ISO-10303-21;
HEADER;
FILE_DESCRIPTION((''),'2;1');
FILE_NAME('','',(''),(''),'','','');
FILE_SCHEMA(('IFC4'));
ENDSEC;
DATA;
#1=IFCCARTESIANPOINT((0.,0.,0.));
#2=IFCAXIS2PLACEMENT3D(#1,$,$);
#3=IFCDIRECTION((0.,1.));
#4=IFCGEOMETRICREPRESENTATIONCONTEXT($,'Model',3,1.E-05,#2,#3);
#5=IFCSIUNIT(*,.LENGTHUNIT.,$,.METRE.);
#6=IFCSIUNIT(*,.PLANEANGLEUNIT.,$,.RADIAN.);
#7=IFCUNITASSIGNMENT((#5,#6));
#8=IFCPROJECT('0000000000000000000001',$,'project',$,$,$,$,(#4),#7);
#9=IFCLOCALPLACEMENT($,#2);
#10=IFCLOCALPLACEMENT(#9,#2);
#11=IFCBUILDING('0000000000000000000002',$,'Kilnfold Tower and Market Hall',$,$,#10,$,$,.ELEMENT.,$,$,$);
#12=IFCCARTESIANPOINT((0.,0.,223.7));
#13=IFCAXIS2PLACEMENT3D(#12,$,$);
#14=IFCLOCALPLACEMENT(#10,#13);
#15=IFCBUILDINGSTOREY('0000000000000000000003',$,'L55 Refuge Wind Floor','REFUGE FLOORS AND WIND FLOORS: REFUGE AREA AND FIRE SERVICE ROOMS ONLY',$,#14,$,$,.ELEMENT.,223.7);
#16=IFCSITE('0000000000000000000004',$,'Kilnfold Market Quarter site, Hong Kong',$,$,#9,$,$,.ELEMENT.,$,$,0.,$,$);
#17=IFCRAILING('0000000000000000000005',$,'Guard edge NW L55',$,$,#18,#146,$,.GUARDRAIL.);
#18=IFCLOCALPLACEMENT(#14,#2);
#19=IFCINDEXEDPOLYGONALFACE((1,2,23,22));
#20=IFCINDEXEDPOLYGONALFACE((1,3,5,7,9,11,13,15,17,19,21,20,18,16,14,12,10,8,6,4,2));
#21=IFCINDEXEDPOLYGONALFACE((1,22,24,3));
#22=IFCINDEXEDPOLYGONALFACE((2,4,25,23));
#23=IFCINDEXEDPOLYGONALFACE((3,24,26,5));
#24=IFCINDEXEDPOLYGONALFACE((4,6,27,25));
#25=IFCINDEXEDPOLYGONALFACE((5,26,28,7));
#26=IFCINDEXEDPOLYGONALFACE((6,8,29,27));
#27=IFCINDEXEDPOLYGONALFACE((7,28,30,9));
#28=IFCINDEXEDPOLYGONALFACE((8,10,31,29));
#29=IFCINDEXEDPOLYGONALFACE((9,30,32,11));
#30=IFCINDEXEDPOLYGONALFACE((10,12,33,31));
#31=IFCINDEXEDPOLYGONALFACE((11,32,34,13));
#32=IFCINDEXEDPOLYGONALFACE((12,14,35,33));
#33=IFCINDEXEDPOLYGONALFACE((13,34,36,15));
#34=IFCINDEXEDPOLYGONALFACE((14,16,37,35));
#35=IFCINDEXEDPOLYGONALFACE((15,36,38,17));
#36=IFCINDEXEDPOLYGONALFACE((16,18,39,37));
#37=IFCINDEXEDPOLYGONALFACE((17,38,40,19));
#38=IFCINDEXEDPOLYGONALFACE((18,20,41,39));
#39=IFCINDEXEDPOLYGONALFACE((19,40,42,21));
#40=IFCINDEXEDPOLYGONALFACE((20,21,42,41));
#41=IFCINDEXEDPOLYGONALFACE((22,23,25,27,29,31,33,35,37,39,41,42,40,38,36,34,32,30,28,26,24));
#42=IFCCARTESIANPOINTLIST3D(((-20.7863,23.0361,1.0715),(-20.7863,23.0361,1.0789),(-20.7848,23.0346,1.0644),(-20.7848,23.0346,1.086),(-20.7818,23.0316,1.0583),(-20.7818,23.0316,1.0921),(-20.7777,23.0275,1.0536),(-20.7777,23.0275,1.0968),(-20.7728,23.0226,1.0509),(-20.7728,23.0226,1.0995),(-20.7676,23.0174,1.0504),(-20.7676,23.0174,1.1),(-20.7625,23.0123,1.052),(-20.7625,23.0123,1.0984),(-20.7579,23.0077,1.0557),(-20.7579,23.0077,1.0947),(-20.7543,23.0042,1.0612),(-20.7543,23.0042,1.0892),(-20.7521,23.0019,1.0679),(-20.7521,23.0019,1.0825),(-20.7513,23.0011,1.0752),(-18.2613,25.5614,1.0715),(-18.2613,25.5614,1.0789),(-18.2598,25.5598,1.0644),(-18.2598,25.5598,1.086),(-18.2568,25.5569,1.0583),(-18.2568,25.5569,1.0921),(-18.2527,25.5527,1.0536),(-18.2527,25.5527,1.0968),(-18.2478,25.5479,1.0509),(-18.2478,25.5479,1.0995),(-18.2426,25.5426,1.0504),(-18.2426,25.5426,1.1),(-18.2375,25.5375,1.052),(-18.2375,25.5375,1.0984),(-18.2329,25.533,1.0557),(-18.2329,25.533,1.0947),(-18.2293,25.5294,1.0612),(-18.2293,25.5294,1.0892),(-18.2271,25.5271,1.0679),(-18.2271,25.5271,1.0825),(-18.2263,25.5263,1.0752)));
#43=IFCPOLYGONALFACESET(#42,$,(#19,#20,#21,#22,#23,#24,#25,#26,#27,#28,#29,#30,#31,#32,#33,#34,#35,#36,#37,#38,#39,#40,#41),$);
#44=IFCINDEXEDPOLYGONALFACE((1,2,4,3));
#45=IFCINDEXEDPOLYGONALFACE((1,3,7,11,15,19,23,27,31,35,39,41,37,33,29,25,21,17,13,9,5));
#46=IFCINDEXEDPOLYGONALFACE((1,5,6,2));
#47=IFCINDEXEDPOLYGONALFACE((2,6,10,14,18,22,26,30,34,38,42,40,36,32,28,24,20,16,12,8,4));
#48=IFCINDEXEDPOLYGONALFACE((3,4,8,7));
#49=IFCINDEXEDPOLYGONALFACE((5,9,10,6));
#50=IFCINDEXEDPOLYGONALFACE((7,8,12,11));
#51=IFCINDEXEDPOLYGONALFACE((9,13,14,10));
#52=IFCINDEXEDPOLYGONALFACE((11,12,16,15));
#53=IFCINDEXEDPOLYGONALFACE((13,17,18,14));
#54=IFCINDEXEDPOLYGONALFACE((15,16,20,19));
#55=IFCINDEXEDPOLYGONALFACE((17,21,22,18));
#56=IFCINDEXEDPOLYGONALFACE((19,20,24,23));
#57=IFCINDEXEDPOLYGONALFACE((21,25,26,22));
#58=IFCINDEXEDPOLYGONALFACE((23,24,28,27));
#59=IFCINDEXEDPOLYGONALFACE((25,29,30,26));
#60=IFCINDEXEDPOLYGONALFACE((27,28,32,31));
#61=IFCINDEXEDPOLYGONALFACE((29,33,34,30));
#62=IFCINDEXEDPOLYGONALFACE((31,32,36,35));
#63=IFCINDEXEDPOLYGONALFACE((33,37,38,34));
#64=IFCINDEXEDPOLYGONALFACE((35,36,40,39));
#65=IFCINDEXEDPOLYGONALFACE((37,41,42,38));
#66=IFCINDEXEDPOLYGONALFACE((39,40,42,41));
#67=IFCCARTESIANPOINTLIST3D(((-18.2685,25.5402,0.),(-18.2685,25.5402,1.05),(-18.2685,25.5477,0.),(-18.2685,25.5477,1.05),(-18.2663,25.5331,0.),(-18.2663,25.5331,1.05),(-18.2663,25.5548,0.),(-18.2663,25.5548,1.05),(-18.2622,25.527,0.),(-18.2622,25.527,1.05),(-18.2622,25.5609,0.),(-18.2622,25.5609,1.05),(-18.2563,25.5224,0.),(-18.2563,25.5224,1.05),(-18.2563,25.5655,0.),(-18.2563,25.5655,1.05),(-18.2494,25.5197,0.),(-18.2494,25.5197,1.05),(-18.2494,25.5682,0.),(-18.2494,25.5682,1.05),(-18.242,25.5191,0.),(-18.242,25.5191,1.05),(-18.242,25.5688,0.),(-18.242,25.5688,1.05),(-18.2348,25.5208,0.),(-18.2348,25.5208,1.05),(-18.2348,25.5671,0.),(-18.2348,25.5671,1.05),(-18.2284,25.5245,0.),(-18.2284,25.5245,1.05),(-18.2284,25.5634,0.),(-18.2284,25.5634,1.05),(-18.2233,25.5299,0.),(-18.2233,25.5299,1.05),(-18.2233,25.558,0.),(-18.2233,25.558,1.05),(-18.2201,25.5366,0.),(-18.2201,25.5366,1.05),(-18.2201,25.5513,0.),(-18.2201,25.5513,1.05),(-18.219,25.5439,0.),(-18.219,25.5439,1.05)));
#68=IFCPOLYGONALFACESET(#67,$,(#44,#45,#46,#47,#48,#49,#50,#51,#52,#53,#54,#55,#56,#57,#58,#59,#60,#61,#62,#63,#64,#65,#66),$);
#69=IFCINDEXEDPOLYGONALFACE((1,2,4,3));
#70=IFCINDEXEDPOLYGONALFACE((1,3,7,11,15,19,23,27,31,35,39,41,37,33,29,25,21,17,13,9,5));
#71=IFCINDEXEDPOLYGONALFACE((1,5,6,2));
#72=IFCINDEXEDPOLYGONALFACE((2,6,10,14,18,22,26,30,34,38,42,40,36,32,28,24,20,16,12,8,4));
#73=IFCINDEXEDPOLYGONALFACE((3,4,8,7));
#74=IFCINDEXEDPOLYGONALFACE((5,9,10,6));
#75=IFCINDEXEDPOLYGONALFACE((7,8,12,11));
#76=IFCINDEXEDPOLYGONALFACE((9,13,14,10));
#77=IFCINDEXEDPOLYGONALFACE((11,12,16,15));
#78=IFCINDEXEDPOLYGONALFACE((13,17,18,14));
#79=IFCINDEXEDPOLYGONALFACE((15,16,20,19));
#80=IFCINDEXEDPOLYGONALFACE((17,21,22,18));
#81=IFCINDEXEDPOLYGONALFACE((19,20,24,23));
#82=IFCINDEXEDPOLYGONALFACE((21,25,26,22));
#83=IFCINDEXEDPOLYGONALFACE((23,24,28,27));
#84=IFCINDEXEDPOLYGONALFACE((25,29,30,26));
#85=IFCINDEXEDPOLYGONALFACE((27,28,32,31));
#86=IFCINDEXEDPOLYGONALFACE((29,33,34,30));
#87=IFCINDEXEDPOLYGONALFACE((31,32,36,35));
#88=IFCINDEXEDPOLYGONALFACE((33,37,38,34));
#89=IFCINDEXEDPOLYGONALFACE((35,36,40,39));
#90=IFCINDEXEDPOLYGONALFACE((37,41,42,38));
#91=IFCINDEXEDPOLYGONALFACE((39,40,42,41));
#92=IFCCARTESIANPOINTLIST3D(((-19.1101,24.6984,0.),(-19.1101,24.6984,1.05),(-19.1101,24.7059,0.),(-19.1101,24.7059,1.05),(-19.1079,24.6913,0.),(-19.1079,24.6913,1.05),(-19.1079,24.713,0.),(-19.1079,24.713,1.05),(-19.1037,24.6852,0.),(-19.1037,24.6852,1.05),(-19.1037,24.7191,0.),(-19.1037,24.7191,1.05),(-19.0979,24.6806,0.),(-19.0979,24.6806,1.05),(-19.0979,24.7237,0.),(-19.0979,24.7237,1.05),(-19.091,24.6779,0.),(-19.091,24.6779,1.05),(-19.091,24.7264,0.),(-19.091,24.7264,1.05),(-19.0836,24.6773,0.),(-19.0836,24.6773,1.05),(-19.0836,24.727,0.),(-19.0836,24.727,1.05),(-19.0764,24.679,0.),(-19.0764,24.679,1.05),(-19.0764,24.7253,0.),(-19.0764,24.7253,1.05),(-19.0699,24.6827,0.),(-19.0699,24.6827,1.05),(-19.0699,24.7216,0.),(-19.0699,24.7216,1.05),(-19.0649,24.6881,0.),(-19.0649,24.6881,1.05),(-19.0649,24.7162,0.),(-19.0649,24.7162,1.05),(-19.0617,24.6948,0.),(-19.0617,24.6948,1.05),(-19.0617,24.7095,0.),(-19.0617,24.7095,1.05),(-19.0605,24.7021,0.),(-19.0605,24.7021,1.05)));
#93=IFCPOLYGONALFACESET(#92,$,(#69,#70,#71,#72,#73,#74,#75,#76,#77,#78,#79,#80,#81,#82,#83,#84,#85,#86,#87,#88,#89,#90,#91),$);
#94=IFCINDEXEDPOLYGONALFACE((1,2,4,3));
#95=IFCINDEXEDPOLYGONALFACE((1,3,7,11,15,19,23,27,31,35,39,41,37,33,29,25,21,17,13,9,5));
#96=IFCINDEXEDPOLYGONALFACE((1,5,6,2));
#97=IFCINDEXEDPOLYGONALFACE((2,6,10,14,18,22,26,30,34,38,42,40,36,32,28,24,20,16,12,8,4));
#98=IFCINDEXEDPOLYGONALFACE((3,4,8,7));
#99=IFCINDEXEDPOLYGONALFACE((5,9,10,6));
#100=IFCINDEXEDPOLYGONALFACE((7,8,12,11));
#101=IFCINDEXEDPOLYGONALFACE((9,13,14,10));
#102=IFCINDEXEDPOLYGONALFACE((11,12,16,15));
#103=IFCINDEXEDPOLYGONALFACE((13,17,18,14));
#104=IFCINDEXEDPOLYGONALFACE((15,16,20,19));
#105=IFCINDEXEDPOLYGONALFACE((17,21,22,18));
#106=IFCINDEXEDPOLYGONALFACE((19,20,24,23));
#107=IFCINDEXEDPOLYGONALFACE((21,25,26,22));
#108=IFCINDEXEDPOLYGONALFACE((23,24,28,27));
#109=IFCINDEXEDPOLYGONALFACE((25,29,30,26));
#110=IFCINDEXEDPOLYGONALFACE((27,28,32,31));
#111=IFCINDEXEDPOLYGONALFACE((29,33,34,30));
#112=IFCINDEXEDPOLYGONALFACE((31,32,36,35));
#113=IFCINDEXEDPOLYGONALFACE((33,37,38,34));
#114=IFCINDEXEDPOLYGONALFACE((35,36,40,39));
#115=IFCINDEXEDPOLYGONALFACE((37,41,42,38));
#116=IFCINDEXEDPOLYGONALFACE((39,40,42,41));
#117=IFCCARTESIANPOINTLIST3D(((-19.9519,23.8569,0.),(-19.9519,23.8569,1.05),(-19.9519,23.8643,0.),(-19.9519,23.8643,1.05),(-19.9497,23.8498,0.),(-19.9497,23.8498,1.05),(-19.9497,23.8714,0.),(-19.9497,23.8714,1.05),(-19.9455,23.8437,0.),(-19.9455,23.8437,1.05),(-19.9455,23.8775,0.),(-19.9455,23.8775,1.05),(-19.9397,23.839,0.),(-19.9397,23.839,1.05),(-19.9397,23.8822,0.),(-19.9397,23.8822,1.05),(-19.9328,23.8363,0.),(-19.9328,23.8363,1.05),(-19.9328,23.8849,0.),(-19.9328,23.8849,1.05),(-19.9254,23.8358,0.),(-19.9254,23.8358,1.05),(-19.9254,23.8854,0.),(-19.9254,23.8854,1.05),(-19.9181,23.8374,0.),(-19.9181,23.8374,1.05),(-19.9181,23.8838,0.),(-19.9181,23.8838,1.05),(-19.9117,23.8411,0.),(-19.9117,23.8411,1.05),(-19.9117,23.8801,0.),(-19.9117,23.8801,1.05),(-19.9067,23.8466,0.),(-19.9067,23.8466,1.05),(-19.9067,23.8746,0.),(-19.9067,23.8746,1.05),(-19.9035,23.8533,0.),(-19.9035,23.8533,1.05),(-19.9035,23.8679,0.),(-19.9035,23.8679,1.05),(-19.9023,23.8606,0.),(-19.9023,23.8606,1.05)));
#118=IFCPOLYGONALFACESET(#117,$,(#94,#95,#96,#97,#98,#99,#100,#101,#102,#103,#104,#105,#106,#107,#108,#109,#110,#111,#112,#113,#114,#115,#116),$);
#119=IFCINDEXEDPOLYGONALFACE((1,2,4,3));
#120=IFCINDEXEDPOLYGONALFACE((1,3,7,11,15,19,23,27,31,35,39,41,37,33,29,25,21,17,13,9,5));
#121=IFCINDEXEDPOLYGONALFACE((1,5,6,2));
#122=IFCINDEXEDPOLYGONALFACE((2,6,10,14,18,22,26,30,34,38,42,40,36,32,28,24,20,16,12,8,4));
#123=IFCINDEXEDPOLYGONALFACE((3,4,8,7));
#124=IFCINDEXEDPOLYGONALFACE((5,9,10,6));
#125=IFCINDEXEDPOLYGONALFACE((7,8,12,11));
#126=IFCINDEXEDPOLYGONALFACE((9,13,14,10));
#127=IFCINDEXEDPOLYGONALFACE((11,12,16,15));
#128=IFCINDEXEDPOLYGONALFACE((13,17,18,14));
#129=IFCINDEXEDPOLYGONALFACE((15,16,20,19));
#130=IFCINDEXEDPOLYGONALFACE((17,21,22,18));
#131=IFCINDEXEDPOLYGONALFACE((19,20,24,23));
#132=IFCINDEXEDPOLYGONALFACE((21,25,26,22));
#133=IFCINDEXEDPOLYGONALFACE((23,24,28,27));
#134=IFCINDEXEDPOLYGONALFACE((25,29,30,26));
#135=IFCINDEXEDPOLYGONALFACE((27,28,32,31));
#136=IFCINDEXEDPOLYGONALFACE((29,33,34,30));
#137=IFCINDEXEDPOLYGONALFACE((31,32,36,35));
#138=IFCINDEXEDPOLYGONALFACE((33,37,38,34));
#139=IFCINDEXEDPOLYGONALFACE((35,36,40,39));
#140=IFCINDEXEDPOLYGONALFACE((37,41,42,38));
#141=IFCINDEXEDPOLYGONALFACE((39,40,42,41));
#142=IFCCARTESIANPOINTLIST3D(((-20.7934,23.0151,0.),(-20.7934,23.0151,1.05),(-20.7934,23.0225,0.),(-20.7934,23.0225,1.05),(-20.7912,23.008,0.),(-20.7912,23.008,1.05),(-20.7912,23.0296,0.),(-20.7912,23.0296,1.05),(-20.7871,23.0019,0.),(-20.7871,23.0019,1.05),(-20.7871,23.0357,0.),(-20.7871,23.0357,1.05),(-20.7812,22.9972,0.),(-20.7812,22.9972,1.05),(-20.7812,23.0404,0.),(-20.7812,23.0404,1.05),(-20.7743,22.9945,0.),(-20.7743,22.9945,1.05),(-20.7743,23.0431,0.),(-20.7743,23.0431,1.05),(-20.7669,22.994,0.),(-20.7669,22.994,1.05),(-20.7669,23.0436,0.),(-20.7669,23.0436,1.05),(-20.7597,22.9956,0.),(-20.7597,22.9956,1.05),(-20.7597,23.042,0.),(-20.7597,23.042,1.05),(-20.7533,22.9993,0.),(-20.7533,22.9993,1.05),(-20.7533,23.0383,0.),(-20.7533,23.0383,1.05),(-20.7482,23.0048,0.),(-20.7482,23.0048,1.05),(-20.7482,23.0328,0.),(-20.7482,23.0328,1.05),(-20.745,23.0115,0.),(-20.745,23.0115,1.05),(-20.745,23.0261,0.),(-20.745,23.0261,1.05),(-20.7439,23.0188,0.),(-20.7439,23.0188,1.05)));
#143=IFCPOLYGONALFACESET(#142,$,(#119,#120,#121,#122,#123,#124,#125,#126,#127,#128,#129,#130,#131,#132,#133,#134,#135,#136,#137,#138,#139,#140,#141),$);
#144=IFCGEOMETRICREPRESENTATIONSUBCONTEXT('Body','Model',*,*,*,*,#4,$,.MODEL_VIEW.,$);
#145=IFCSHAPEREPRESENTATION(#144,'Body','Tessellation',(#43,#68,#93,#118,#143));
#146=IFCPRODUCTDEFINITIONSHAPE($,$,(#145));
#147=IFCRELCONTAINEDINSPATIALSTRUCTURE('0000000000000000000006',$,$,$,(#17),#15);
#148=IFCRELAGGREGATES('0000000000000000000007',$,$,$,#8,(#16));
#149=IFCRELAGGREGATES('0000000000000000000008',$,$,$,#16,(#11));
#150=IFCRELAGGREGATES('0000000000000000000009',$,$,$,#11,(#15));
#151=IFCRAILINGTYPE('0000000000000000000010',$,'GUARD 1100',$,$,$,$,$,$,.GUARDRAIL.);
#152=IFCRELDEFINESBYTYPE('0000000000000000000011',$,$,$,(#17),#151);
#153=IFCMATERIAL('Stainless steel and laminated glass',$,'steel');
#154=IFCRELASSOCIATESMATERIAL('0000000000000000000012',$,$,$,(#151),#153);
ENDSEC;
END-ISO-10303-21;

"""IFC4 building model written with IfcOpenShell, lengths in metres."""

from ifc_helpers import new_model, si_unit, direction, frame, origin, origin_2d, place, context, subcontext, project, spatial, circle, extrude, material, type_object, element, save


model = new_model("IFC4")

# Units and contexts
model_context = context("Model", 3, precision=1e-05, world=origin(), true_north=direction((0.0, 1.0)))
body_context = subcontext(model_context, "Body", "Model", "MODEL_VIEW")
ifc_project = project(units=[si_unit("LENGTHUNIT", "METRE"), si_unit("PLANEANGLEUNIT", "RADIAN")], contexts=[model_context])

# Site, building, storey
site_placement = place(None, origin())
site = spatial("IfcSite", under=ifc_project, at=site_placement, Name="Kilnfold Market Quarter site, Hong Kong", CompositionType="ELEMENT", RefElevation=0.0)
building_placement = place(site_placement, origin())
building = spatial("IfcBuilding", under=site, at=building_placement, Name="Kilnfold Tower and Market Hall", CompositionType="ELEMENT")
storey_placement = place(building_placement, frame((0.0, 0.0, 223.7)))
storey = spatial("IfcBuildingStorey", under=building, at=storey_placement, Name="L55 Refuge Wind Floor", Description="REFUGE FLOORS AND WIND FLOORS: REFUGE AREA AND FIRE SERVICE ROOMS ONLY", CompositionType="ELEMENT", Elevation=223.7)

# Railing
ifc_material_1 = material(Name="Stainless steel and laminated glass", Category="steel")
railing_type_1 = type_object("IfcRailingType", Name="GUARD 1100", PredefinedType="GUARDRAIL", material=ifc_material_1)
railing_1_placement = place(storey_placement, frame((-18.2439, 25.5439, 0.0)))
element("IfcRailing", 1, at=railing_1_placement, inside=storey, type_object=railing_type_1, Name="Guard edge NW L55", PredefinedType="GUARDRAIL", context=body_context, shape_type="SweptSolid", body=[
    extrude(circle(Radius=0.0249, at=origin_2d()), frame((0.0, 0.0, 1.0752), z_axis=(-0.707073, -0.707141, 0.0), x_axis=(0.707141, -0.707073, 0.0)), (0.0, 0.0, 1.0), 3.571),
    extrude(circle(Radius=0.0249, at=origin_2d()), origin(), (0.0, 0.0, 1.0), 1.05),
    extrude(circle(Radius=0.0249, at=origin_2d()), frame((-0.8416, -0.8418, 0.0)), (0.0, 0.0, 1.0), 1.05),
    extrude(circle(Radius=0.0249, at=origin_2d()), frame((-1.6833, -1.6833, 0.0)), (0.0, 0.0, 1.0), 1.05),
    extrude(circle(Radius=0.0249, at=origin_2d()), frame((-2.5249, -2.5251, 0.0)), (0.0, 0.0, 1.0), 1.05),
])

save(model, "model.ifc")
